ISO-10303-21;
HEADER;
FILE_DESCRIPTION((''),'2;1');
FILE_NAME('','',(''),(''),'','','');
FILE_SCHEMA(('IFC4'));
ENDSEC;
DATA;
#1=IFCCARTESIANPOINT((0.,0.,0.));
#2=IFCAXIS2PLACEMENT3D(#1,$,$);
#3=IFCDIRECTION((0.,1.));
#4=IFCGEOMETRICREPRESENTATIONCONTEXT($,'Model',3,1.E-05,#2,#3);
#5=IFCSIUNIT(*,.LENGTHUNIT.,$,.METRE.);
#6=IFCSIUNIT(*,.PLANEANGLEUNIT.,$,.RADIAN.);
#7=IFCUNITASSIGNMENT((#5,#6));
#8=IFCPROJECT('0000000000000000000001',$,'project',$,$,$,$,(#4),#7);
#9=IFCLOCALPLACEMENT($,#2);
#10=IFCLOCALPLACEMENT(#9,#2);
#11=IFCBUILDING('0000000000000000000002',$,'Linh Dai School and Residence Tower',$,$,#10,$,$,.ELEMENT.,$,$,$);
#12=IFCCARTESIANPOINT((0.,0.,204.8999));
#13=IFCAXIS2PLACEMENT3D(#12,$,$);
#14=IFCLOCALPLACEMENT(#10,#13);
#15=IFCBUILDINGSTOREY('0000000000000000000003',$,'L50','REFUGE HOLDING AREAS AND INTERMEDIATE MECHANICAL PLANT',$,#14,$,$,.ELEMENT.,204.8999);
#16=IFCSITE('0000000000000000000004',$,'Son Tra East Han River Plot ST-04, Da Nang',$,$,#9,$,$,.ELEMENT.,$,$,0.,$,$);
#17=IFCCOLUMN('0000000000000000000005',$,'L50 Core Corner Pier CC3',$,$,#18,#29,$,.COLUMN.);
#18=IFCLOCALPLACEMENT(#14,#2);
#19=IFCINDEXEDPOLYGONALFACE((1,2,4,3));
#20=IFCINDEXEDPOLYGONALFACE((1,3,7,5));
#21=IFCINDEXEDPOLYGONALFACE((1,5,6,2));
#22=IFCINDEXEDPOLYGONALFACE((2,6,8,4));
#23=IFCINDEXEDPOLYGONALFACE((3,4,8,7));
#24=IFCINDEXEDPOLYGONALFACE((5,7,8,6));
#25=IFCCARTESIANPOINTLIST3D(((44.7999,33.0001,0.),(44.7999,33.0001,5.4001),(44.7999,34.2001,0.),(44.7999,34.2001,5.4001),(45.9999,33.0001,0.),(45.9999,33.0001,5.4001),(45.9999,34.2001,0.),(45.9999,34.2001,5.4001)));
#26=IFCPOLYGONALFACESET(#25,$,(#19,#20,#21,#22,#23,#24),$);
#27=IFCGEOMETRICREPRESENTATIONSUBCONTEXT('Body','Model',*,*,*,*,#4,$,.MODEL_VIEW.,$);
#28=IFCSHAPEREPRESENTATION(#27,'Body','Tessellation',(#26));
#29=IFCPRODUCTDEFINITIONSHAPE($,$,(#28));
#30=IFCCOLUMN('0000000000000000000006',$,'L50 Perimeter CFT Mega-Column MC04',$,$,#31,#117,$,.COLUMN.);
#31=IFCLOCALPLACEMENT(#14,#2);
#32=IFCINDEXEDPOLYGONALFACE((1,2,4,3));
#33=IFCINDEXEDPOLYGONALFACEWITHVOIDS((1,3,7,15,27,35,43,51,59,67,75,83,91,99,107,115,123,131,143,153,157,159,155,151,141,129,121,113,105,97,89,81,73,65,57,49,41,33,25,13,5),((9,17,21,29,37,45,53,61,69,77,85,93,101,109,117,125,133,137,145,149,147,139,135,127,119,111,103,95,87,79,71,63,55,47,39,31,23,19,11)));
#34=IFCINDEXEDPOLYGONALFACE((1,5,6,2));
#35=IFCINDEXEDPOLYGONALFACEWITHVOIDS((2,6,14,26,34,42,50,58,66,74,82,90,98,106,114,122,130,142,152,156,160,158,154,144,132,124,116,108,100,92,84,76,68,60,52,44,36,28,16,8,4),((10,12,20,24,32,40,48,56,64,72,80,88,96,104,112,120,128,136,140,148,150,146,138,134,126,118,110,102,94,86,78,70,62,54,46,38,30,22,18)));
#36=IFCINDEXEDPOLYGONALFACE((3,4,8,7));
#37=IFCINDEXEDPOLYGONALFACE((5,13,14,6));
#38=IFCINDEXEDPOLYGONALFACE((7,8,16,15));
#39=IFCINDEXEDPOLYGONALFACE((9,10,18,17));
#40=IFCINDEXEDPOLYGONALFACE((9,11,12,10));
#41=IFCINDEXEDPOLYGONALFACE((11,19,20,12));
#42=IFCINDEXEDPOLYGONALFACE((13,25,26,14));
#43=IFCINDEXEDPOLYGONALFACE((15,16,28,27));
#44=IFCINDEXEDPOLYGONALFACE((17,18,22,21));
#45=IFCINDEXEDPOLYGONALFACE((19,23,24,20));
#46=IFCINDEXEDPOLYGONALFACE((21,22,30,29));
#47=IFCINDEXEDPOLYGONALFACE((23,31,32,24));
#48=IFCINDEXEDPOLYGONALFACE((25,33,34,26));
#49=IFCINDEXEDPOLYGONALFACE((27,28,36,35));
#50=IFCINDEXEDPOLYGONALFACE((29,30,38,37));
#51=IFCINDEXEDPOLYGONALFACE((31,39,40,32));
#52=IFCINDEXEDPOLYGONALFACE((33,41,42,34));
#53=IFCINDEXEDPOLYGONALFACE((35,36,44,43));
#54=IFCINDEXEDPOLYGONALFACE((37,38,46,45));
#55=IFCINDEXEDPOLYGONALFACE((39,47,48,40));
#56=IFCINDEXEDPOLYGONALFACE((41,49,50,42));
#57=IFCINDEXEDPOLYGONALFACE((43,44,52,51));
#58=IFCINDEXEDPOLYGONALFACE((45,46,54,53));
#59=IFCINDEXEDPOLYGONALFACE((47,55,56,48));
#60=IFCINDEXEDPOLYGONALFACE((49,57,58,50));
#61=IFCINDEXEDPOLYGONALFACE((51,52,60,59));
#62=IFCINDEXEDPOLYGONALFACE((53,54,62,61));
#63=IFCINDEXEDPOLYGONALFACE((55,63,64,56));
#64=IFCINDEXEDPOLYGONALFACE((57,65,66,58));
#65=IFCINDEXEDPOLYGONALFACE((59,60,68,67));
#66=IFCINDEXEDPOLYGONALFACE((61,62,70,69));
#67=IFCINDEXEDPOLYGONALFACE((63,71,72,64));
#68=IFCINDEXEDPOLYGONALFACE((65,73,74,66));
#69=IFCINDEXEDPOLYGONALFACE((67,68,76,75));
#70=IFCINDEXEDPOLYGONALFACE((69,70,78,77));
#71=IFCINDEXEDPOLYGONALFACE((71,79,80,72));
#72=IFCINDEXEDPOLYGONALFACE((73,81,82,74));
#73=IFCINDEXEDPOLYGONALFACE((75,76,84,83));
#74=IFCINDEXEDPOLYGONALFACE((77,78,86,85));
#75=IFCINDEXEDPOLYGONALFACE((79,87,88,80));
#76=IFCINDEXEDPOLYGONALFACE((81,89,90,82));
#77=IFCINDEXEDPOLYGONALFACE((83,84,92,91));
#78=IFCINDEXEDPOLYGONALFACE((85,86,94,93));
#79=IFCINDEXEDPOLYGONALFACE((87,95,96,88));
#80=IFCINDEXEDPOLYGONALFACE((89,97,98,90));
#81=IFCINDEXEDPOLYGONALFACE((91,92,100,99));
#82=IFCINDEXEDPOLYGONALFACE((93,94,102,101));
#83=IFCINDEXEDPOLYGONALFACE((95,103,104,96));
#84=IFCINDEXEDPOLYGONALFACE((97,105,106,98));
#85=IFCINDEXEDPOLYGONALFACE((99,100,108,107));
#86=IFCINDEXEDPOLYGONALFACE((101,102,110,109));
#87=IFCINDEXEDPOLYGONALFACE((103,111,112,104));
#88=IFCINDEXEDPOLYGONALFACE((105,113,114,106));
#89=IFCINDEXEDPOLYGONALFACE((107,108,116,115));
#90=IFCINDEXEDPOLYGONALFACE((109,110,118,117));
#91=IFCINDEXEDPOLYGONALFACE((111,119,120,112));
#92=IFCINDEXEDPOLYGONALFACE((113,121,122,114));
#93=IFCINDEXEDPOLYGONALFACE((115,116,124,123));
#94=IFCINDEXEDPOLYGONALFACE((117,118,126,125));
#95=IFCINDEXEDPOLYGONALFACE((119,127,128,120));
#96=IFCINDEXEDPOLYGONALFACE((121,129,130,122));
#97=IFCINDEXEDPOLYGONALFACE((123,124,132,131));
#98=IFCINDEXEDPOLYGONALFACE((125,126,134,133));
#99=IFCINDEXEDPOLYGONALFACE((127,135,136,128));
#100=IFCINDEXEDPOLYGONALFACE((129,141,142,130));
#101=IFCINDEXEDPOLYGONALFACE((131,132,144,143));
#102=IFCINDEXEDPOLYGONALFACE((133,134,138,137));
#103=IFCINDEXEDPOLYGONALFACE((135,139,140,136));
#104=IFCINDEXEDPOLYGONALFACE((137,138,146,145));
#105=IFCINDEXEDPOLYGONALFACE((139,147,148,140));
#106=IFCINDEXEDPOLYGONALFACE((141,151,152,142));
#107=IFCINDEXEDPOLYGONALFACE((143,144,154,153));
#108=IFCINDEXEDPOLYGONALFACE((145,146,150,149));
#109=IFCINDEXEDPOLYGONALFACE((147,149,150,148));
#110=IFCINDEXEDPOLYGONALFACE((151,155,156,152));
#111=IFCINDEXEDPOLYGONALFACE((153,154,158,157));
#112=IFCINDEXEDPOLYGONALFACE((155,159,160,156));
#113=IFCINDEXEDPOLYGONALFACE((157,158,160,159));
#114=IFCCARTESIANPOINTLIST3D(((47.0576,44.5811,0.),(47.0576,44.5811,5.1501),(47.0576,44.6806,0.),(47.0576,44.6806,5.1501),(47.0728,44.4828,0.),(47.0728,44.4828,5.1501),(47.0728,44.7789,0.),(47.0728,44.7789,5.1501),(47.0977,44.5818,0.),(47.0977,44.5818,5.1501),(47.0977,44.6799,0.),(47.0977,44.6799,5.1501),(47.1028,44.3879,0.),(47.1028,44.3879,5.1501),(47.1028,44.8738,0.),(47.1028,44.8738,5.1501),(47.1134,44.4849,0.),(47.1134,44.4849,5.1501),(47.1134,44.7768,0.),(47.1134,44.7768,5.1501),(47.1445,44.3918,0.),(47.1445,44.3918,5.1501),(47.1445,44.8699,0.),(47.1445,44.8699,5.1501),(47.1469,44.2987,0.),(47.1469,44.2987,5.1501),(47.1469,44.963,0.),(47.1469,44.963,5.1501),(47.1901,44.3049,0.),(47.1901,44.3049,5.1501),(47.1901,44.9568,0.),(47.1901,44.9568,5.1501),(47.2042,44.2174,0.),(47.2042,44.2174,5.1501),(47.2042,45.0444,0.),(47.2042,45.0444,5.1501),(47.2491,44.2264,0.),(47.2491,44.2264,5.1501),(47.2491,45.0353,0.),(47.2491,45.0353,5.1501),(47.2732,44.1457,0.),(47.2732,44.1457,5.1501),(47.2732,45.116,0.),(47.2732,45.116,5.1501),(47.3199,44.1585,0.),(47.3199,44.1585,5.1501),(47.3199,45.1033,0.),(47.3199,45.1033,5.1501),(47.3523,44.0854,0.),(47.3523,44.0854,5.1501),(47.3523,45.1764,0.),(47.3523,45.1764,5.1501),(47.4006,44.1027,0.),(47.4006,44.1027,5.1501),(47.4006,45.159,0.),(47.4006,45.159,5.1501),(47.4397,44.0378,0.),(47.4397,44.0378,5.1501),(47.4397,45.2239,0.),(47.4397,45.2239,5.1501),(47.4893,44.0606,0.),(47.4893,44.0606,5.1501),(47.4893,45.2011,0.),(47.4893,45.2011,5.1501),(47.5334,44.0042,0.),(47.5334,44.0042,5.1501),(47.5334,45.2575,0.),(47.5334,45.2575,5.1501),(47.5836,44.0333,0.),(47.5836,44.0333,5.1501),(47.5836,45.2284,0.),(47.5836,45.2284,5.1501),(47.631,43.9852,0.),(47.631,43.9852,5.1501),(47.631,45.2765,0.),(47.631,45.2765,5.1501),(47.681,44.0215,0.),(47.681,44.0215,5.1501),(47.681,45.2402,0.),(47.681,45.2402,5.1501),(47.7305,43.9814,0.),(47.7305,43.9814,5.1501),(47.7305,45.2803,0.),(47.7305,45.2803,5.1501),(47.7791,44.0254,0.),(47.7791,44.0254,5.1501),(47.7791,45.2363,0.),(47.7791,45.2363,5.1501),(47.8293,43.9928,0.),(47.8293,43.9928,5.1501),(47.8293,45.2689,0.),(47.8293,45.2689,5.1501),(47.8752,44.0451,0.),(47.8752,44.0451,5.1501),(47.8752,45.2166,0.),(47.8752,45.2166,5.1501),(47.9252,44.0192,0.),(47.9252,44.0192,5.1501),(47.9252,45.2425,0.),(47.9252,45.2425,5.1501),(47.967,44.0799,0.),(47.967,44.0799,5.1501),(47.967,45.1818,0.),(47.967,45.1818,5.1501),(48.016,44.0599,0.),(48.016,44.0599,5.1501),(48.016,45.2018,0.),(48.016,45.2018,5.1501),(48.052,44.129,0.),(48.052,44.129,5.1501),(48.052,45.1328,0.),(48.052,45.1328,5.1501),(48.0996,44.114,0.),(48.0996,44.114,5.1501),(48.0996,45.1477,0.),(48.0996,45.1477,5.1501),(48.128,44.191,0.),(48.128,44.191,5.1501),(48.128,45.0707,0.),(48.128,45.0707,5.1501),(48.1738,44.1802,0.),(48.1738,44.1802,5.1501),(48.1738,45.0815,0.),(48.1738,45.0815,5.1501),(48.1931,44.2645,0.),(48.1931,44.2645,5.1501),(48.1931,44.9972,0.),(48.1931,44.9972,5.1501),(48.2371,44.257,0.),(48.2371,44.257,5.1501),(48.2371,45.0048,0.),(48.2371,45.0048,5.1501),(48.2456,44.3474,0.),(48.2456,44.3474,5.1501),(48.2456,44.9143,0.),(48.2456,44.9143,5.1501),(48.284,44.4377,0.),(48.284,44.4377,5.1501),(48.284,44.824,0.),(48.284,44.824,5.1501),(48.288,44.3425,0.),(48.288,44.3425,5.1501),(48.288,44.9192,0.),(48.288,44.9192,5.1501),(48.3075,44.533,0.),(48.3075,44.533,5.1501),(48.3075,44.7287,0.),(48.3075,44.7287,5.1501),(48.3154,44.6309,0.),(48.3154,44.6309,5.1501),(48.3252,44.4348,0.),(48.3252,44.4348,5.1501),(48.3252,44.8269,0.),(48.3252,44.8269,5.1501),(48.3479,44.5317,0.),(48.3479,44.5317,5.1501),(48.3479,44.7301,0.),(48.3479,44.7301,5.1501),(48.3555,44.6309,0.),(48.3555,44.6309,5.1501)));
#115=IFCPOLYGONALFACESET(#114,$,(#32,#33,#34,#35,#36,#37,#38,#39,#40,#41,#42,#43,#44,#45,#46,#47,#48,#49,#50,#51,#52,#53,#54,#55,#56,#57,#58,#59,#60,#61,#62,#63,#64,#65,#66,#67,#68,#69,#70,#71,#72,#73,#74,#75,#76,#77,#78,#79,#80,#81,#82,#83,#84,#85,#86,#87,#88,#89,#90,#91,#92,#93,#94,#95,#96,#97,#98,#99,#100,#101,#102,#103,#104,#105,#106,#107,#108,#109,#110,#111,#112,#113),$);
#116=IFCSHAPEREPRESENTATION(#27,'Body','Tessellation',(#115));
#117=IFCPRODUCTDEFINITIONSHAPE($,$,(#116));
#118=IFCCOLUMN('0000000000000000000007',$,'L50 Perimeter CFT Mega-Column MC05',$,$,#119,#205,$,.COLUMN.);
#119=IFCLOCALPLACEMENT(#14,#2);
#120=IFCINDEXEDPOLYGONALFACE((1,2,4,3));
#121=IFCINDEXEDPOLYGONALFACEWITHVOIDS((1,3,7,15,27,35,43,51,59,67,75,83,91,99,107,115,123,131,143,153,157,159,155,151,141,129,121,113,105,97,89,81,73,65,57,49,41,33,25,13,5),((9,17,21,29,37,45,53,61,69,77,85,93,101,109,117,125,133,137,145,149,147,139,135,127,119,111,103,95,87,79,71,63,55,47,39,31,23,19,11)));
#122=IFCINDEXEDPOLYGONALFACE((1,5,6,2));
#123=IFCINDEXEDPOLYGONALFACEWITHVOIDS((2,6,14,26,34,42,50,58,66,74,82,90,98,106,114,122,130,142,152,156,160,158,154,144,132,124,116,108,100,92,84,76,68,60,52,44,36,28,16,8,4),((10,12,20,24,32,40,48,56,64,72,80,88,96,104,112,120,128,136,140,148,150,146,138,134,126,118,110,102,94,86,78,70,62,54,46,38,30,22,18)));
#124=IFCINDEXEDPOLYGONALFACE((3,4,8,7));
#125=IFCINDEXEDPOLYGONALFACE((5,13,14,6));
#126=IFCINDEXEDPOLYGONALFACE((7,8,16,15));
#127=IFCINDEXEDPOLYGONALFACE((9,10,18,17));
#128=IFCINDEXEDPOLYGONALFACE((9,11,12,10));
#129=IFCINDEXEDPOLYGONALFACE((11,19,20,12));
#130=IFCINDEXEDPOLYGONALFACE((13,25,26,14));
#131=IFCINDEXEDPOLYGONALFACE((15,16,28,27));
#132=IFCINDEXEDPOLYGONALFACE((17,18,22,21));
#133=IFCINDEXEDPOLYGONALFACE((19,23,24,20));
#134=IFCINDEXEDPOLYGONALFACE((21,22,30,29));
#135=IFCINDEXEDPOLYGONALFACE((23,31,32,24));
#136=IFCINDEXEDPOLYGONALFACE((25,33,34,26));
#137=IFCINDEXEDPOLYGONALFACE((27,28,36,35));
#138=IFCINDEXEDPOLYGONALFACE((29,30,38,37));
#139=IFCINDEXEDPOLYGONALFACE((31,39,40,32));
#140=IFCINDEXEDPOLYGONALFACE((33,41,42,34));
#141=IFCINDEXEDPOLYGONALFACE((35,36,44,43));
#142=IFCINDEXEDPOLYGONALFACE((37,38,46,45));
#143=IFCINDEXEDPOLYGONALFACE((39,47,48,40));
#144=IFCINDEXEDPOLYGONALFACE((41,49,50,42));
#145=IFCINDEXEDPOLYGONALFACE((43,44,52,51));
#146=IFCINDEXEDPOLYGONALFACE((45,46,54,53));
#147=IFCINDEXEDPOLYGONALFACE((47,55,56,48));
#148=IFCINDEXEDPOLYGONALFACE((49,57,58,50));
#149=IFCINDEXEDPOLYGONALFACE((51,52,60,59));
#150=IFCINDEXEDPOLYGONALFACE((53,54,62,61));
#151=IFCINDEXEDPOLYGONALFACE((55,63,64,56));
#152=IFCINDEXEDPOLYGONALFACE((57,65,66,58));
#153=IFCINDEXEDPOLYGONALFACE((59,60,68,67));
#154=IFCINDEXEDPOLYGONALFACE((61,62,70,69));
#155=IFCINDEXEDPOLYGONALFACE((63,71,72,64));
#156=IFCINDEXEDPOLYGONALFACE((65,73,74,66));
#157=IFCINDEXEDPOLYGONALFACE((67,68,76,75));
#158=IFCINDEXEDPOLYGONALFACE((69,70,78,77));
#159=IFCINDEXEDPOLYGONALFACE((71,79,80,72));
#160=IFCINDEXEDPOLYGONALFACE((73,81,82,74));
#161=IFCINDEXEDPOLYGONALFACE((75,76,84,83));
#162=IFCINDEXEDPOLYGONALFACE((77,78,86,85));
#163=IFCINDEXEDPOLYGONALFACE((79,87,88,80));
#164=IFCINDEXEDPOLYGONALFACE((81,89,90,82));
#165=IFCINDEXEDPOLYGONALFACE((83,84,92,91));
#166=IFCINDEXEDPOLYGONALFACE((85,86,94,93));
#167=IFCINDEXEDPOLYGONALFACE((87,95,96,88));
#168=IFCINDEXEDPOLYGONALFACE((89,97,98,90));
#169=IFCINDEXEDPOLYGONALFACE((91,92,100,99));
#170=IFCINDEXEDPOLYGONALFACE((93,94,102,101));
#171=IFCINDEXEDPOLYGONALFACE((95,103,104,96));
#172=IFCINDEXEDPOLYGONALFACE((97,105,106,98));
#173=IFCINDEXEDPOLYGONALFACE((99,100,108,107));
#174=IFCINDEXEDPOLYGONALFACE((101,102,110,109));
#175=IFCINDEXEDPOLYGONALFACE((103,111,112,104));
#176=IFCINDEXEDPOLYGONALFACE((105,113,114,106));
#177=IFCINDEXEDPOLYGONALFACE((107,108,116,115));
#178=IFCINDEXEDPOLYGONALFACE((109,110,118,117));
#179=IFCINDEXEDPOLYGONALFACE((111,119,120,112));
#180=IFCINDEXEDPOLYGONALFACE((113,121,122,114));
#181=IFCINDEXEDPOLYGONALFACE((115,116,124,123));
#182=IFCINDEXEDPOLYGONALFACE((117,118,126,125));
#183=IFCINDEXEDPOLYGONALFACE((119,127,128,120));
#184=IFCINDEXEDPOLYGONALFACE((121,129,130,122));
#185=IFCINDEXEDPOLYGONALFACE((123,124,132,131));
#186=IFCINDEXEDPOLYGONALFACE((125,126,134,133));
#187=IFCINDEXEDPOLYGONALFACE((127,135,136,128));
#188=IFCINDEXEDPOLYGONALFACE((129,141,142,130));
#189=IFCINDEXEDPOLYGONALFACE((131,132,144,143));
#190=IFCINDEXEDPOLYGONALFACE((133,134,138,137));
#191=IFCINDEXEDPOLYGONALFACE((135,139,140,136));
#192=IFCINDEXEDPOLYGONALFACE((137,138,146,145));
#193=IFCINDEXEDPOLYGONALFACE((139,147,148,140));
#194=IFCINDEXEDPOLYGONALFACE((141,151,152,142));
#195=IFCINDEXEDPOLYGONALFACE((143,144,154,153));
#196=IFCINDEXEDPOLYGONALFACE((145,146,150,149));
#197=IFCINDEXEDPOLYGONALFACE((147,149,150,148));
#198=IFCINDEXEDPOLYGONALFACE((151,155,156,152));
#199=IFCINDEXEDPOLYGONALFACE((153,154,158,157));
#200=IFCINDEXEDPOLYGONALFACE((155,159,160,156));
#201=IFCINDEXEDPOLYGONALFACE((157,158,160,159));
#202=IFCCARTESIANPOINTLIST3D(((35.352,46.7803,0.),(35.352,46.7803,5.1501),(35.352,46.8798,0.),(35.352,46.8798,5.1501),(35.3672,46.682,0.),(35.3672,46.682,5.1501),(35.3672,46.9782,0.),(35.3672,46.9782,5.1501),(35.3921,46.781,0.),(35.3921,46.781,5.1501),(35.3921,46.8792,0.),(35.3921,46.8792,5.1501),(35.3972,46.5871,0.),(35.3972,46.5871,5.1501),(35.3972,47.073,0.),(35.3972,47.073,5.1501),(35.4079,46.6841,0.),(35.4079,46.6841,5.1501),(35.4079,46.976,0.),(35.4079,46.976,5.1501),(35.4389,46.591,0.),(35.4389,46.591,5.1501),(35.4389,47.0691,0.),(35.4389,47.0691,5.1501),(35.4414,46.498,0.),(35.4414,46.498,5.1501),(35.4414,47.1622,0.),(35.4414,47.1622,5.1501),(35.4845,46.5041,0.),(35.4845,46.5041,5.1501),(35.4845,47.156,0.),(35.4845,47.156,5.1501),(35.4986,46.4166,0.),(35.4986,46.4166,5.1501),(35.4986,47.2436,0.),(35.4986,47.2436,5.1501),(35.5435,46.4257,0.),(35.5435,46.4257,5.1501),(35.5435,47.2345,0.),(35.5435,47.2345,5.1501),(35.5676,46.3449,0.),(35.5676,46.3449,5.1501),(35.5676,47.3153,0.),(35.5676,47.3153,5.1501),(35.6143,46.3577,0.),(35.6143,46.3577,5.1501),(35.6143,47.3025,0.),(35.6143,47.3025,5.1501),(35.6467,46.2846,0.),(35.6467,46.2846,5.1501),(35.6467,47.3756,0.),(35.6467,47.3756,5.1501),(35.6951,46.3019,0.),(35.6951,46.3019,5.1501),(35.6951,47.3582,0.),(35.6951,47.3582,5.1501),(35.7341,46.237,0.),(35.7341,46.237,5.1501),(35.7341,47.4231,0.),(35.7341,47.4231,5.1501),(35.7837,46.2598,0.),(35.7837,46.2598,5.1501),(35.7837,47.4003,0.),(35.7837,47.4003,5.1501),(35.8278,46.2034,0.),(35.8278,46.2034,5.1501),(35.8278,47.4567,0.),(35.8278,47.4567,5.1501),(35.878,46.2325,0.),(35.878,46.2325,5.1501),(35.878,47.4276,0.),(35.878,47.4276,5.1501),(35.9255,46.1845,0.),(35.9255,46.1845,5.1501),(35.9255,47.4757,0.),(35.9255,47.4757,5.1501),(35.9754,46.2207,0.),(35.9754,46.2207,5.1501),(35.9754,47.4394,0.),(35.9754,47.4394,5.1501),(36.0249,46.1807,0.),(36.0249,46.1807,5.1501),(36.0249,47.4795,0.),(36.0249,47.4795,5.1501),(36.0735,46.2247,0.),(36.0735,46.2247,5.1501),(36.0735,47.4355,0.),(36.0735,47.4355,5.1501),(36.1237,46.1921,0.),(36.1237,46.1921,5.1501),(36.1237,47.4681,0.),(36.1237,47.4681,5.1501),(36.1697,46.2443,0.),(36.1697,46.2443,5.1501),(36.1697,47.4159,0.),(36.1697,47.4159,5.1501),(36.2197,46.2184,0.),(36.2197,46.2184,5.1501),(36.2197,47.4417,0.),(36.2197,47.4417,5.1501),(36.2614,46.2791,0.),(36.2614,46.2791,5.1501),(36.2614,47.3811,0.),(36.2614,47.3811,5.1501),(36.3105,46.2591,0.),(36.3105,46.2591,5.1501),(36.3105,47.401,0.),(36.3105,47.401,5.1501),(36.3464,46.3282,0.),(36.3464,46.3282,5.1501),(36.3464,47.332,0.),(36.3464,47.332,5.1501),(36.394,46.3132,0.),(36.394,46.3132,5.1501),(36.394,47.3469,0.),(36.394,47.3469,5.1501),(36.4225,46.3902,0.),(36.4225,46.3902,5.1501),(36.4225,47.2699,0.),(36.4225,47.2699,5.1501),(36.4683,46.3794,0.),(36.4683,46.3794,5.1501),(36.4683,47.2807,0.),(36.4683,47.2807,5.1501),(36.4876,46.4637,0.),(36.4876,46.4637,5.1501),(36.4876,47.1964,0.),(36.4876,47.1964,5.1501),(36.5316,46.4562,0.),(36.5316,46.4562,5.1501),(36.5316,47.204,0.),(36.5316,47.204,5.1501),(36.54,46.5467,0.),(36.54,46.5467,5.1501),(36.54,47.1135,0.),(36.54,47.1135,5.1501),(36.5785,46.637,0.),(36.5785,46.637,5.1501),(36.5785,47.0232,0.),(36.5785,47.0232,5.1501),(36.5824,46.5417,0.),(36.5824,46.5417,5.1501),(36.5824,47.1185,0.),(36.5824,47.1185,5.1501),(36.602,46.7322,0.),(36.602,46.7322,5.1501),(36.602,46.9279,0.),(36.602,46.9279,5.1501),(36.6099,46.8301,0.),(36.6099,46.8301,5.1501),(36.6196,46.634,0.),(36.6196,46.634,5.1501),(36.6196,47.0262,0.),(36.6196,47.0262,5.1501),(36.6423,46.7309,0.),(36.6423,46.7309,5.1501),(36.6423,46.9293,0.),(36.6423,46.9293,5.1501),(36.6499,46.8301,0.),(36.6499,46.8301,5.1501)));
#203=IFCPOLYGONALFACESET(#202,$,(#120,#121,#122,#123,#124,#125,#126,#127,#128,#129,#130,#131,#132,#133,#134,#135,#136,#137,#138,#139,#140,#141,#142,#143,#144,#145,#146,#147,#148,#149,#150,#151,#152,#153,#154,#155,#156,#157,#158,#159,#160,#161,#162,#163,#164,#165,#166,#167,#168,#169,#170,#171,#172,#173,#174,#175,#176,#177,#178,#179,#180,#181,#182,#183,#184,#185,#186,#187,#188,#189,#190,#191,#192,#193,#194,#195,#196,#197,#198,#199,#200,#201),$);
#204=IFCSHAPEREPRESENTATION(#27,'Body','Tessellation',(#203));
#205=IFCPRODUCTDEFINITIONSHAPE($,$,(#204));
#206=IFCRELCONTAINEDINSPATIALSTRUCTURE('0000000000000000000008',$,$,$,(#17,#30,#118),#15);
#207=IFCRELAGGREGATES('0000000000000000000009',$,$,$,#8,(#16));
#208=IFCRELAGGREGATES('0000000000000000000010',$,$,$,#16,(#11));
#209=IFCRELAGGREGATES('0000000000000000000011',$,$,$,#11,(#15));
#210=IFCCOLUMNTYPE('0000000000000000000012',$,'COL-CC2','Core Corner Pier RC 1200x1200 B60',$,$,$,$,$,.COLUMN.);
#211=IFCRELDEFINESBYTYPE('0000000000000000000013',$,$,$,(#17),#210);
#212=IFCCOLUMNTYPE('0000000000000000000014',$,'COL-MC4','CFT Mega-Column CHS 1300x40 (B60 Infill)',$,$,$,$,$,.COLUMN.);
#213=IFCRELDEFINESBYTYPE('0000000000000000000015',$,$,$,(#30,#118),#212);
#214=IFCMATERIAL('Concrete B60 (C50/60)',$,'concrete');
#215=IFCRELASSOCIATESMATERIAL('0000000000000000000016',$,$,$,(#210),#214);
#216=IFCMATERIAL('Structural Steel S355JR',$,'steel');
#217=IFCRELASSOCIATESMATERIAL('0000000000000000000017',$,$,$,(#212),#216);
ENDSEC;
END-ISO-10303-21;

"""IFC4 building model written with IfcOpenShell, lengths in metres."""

from ifc_helpers import new_model, si_unit, direction, frame, origin, origin_2d, place, context, subcontext, project, spatial, rectangle, hollow_circle, extrude, material, material_profile, profile_set, type_object, element, save


model = new_model("IFC4")

# Units and contexts
model_context = context("Model", 3, precision=1e-05, world=origin(), true_north=direction((0.0, 1.0)))
body_context = subcontext(model_context, "Body", "Model", "MODEL_VIEW")
ifc_project = project(units=[si_unit("LENGTHUNIT", "METRE"), si_unit("PLANEANGLEUNIT", "RADIAN")], contexts=[model_context])

# Site, building, storey
site_placement = place(None, origin())
site = spatial("IfcSite", under=ifc_project, at=site_placement, Name="Son Tra East Han River Plot ST-04, Da Nang", CompositionType="ELEMENT", RefElevation=0.0)
building_placement = place(site_placement, origin())
building = spatial("IfcBuilding", under=site, at=building_placement, Name="Linh Dai School and Residence Tower", CompositionType="ELEMENT")
storey_placement = place(building_placement, frame((0.0, 0.0, 204.8999)))
storey = spatial("IfcBuildingStorey", under=building, at=storey_placement, Name="L50", Description="REFUGE HOLDING AREAS AND INTERMEDIATE MECHANICAL PLANT", CompositionType="ELEMENT", Elevation=204.8999)

# Columns
ifc_material_1 = material(Name="Concrete B60 (C50/60)", Category="concrete")
ifc_material_profile_1 = material_profile(ifc_material_1, rectangle(XDim=1.2, YDim=1.2, at=origin_2d()), Name="RC 1200x1200")
ifc_profile_set_1 = profile_set([ifc_material_profile_1], Name="Concrete B60 (C50/60)")
column_type_1 = type_object("IfcColumnType", Name="COL-CC2", Description="Core Corner Pier RC 1200x1200 B60", PredefinedType="COLUMN", material=ifc_profile_set_1)
column_placement = place(storey_placement, frame((45.3999, 33.6001, 0.0), z_axis=(0.0, 0.0, 1.0), x_axis=(1.0, 0.0, 0.0)))
element("IfcColumn", 1, at=column_placement, inside=storey, type_object=column_type_1, Name="L50 Core Corner Pier CC3", PredefinedType="COLUMN", context=body_context, shape_type="SweptSolid", body=[
    extrude(rectangle(XDim=1.2, YDim=1.2, at=origin_2d()), origin(), (0.0, 0.0, 1.0), 5.4001),
])
ifc_material_2 = material(Name="Structural Steel S355JR", Category="steel")
ifc_material_profile_2 = material_profile(ifc_material_2, hollow_circle(Radius=0.6499, WallThickness=0.04, at=origin_2d()), Name="CHS 1300x40")
ifc_profile_set_2 = profile_set([ifc_material_profile_2], Name="Structural Steel S355JR")
column_type_2 = type_object("IfcColumnType", Name="COL-MC4", Description="CFT Mega-Column CHS 1300x40 (B60 Infill)", PredefinedType="COLUMN", material=ifc_profile_set_2)
for number, where, z_axis, x_axis, name in (
    (2, (47.7056, 44.6309, 0.0), (0.0, 0.0, 1.0), (1.0, 0.0, 0.0), "L50 Perimeter CFT Mega-Column MC04"),
    (3, (36.0, 46.8301, 0.0), (0.0, 0.0, 1.0), (1.0, 0.0, 0.0), "L50 Perimeter CFT Mega-Column MC05"),
):
    element("IfcColumn", number, at=place(storey_placement, frame(where, z_axis=z_axis, x_axis=x_axis)), inside=storey, type_object=column_type_2, Name=name, PredefinedType="COLUMN", context=body_context, shape_type="SweptSolid", body=[
        extrude(hollow_circle(Radius=0.6499, WallThickness=0.04, at=origin_2d()), origin(), (0.0, 0.0, 1.0), 5.1501),
    ])

save(model, "model.ifc")
